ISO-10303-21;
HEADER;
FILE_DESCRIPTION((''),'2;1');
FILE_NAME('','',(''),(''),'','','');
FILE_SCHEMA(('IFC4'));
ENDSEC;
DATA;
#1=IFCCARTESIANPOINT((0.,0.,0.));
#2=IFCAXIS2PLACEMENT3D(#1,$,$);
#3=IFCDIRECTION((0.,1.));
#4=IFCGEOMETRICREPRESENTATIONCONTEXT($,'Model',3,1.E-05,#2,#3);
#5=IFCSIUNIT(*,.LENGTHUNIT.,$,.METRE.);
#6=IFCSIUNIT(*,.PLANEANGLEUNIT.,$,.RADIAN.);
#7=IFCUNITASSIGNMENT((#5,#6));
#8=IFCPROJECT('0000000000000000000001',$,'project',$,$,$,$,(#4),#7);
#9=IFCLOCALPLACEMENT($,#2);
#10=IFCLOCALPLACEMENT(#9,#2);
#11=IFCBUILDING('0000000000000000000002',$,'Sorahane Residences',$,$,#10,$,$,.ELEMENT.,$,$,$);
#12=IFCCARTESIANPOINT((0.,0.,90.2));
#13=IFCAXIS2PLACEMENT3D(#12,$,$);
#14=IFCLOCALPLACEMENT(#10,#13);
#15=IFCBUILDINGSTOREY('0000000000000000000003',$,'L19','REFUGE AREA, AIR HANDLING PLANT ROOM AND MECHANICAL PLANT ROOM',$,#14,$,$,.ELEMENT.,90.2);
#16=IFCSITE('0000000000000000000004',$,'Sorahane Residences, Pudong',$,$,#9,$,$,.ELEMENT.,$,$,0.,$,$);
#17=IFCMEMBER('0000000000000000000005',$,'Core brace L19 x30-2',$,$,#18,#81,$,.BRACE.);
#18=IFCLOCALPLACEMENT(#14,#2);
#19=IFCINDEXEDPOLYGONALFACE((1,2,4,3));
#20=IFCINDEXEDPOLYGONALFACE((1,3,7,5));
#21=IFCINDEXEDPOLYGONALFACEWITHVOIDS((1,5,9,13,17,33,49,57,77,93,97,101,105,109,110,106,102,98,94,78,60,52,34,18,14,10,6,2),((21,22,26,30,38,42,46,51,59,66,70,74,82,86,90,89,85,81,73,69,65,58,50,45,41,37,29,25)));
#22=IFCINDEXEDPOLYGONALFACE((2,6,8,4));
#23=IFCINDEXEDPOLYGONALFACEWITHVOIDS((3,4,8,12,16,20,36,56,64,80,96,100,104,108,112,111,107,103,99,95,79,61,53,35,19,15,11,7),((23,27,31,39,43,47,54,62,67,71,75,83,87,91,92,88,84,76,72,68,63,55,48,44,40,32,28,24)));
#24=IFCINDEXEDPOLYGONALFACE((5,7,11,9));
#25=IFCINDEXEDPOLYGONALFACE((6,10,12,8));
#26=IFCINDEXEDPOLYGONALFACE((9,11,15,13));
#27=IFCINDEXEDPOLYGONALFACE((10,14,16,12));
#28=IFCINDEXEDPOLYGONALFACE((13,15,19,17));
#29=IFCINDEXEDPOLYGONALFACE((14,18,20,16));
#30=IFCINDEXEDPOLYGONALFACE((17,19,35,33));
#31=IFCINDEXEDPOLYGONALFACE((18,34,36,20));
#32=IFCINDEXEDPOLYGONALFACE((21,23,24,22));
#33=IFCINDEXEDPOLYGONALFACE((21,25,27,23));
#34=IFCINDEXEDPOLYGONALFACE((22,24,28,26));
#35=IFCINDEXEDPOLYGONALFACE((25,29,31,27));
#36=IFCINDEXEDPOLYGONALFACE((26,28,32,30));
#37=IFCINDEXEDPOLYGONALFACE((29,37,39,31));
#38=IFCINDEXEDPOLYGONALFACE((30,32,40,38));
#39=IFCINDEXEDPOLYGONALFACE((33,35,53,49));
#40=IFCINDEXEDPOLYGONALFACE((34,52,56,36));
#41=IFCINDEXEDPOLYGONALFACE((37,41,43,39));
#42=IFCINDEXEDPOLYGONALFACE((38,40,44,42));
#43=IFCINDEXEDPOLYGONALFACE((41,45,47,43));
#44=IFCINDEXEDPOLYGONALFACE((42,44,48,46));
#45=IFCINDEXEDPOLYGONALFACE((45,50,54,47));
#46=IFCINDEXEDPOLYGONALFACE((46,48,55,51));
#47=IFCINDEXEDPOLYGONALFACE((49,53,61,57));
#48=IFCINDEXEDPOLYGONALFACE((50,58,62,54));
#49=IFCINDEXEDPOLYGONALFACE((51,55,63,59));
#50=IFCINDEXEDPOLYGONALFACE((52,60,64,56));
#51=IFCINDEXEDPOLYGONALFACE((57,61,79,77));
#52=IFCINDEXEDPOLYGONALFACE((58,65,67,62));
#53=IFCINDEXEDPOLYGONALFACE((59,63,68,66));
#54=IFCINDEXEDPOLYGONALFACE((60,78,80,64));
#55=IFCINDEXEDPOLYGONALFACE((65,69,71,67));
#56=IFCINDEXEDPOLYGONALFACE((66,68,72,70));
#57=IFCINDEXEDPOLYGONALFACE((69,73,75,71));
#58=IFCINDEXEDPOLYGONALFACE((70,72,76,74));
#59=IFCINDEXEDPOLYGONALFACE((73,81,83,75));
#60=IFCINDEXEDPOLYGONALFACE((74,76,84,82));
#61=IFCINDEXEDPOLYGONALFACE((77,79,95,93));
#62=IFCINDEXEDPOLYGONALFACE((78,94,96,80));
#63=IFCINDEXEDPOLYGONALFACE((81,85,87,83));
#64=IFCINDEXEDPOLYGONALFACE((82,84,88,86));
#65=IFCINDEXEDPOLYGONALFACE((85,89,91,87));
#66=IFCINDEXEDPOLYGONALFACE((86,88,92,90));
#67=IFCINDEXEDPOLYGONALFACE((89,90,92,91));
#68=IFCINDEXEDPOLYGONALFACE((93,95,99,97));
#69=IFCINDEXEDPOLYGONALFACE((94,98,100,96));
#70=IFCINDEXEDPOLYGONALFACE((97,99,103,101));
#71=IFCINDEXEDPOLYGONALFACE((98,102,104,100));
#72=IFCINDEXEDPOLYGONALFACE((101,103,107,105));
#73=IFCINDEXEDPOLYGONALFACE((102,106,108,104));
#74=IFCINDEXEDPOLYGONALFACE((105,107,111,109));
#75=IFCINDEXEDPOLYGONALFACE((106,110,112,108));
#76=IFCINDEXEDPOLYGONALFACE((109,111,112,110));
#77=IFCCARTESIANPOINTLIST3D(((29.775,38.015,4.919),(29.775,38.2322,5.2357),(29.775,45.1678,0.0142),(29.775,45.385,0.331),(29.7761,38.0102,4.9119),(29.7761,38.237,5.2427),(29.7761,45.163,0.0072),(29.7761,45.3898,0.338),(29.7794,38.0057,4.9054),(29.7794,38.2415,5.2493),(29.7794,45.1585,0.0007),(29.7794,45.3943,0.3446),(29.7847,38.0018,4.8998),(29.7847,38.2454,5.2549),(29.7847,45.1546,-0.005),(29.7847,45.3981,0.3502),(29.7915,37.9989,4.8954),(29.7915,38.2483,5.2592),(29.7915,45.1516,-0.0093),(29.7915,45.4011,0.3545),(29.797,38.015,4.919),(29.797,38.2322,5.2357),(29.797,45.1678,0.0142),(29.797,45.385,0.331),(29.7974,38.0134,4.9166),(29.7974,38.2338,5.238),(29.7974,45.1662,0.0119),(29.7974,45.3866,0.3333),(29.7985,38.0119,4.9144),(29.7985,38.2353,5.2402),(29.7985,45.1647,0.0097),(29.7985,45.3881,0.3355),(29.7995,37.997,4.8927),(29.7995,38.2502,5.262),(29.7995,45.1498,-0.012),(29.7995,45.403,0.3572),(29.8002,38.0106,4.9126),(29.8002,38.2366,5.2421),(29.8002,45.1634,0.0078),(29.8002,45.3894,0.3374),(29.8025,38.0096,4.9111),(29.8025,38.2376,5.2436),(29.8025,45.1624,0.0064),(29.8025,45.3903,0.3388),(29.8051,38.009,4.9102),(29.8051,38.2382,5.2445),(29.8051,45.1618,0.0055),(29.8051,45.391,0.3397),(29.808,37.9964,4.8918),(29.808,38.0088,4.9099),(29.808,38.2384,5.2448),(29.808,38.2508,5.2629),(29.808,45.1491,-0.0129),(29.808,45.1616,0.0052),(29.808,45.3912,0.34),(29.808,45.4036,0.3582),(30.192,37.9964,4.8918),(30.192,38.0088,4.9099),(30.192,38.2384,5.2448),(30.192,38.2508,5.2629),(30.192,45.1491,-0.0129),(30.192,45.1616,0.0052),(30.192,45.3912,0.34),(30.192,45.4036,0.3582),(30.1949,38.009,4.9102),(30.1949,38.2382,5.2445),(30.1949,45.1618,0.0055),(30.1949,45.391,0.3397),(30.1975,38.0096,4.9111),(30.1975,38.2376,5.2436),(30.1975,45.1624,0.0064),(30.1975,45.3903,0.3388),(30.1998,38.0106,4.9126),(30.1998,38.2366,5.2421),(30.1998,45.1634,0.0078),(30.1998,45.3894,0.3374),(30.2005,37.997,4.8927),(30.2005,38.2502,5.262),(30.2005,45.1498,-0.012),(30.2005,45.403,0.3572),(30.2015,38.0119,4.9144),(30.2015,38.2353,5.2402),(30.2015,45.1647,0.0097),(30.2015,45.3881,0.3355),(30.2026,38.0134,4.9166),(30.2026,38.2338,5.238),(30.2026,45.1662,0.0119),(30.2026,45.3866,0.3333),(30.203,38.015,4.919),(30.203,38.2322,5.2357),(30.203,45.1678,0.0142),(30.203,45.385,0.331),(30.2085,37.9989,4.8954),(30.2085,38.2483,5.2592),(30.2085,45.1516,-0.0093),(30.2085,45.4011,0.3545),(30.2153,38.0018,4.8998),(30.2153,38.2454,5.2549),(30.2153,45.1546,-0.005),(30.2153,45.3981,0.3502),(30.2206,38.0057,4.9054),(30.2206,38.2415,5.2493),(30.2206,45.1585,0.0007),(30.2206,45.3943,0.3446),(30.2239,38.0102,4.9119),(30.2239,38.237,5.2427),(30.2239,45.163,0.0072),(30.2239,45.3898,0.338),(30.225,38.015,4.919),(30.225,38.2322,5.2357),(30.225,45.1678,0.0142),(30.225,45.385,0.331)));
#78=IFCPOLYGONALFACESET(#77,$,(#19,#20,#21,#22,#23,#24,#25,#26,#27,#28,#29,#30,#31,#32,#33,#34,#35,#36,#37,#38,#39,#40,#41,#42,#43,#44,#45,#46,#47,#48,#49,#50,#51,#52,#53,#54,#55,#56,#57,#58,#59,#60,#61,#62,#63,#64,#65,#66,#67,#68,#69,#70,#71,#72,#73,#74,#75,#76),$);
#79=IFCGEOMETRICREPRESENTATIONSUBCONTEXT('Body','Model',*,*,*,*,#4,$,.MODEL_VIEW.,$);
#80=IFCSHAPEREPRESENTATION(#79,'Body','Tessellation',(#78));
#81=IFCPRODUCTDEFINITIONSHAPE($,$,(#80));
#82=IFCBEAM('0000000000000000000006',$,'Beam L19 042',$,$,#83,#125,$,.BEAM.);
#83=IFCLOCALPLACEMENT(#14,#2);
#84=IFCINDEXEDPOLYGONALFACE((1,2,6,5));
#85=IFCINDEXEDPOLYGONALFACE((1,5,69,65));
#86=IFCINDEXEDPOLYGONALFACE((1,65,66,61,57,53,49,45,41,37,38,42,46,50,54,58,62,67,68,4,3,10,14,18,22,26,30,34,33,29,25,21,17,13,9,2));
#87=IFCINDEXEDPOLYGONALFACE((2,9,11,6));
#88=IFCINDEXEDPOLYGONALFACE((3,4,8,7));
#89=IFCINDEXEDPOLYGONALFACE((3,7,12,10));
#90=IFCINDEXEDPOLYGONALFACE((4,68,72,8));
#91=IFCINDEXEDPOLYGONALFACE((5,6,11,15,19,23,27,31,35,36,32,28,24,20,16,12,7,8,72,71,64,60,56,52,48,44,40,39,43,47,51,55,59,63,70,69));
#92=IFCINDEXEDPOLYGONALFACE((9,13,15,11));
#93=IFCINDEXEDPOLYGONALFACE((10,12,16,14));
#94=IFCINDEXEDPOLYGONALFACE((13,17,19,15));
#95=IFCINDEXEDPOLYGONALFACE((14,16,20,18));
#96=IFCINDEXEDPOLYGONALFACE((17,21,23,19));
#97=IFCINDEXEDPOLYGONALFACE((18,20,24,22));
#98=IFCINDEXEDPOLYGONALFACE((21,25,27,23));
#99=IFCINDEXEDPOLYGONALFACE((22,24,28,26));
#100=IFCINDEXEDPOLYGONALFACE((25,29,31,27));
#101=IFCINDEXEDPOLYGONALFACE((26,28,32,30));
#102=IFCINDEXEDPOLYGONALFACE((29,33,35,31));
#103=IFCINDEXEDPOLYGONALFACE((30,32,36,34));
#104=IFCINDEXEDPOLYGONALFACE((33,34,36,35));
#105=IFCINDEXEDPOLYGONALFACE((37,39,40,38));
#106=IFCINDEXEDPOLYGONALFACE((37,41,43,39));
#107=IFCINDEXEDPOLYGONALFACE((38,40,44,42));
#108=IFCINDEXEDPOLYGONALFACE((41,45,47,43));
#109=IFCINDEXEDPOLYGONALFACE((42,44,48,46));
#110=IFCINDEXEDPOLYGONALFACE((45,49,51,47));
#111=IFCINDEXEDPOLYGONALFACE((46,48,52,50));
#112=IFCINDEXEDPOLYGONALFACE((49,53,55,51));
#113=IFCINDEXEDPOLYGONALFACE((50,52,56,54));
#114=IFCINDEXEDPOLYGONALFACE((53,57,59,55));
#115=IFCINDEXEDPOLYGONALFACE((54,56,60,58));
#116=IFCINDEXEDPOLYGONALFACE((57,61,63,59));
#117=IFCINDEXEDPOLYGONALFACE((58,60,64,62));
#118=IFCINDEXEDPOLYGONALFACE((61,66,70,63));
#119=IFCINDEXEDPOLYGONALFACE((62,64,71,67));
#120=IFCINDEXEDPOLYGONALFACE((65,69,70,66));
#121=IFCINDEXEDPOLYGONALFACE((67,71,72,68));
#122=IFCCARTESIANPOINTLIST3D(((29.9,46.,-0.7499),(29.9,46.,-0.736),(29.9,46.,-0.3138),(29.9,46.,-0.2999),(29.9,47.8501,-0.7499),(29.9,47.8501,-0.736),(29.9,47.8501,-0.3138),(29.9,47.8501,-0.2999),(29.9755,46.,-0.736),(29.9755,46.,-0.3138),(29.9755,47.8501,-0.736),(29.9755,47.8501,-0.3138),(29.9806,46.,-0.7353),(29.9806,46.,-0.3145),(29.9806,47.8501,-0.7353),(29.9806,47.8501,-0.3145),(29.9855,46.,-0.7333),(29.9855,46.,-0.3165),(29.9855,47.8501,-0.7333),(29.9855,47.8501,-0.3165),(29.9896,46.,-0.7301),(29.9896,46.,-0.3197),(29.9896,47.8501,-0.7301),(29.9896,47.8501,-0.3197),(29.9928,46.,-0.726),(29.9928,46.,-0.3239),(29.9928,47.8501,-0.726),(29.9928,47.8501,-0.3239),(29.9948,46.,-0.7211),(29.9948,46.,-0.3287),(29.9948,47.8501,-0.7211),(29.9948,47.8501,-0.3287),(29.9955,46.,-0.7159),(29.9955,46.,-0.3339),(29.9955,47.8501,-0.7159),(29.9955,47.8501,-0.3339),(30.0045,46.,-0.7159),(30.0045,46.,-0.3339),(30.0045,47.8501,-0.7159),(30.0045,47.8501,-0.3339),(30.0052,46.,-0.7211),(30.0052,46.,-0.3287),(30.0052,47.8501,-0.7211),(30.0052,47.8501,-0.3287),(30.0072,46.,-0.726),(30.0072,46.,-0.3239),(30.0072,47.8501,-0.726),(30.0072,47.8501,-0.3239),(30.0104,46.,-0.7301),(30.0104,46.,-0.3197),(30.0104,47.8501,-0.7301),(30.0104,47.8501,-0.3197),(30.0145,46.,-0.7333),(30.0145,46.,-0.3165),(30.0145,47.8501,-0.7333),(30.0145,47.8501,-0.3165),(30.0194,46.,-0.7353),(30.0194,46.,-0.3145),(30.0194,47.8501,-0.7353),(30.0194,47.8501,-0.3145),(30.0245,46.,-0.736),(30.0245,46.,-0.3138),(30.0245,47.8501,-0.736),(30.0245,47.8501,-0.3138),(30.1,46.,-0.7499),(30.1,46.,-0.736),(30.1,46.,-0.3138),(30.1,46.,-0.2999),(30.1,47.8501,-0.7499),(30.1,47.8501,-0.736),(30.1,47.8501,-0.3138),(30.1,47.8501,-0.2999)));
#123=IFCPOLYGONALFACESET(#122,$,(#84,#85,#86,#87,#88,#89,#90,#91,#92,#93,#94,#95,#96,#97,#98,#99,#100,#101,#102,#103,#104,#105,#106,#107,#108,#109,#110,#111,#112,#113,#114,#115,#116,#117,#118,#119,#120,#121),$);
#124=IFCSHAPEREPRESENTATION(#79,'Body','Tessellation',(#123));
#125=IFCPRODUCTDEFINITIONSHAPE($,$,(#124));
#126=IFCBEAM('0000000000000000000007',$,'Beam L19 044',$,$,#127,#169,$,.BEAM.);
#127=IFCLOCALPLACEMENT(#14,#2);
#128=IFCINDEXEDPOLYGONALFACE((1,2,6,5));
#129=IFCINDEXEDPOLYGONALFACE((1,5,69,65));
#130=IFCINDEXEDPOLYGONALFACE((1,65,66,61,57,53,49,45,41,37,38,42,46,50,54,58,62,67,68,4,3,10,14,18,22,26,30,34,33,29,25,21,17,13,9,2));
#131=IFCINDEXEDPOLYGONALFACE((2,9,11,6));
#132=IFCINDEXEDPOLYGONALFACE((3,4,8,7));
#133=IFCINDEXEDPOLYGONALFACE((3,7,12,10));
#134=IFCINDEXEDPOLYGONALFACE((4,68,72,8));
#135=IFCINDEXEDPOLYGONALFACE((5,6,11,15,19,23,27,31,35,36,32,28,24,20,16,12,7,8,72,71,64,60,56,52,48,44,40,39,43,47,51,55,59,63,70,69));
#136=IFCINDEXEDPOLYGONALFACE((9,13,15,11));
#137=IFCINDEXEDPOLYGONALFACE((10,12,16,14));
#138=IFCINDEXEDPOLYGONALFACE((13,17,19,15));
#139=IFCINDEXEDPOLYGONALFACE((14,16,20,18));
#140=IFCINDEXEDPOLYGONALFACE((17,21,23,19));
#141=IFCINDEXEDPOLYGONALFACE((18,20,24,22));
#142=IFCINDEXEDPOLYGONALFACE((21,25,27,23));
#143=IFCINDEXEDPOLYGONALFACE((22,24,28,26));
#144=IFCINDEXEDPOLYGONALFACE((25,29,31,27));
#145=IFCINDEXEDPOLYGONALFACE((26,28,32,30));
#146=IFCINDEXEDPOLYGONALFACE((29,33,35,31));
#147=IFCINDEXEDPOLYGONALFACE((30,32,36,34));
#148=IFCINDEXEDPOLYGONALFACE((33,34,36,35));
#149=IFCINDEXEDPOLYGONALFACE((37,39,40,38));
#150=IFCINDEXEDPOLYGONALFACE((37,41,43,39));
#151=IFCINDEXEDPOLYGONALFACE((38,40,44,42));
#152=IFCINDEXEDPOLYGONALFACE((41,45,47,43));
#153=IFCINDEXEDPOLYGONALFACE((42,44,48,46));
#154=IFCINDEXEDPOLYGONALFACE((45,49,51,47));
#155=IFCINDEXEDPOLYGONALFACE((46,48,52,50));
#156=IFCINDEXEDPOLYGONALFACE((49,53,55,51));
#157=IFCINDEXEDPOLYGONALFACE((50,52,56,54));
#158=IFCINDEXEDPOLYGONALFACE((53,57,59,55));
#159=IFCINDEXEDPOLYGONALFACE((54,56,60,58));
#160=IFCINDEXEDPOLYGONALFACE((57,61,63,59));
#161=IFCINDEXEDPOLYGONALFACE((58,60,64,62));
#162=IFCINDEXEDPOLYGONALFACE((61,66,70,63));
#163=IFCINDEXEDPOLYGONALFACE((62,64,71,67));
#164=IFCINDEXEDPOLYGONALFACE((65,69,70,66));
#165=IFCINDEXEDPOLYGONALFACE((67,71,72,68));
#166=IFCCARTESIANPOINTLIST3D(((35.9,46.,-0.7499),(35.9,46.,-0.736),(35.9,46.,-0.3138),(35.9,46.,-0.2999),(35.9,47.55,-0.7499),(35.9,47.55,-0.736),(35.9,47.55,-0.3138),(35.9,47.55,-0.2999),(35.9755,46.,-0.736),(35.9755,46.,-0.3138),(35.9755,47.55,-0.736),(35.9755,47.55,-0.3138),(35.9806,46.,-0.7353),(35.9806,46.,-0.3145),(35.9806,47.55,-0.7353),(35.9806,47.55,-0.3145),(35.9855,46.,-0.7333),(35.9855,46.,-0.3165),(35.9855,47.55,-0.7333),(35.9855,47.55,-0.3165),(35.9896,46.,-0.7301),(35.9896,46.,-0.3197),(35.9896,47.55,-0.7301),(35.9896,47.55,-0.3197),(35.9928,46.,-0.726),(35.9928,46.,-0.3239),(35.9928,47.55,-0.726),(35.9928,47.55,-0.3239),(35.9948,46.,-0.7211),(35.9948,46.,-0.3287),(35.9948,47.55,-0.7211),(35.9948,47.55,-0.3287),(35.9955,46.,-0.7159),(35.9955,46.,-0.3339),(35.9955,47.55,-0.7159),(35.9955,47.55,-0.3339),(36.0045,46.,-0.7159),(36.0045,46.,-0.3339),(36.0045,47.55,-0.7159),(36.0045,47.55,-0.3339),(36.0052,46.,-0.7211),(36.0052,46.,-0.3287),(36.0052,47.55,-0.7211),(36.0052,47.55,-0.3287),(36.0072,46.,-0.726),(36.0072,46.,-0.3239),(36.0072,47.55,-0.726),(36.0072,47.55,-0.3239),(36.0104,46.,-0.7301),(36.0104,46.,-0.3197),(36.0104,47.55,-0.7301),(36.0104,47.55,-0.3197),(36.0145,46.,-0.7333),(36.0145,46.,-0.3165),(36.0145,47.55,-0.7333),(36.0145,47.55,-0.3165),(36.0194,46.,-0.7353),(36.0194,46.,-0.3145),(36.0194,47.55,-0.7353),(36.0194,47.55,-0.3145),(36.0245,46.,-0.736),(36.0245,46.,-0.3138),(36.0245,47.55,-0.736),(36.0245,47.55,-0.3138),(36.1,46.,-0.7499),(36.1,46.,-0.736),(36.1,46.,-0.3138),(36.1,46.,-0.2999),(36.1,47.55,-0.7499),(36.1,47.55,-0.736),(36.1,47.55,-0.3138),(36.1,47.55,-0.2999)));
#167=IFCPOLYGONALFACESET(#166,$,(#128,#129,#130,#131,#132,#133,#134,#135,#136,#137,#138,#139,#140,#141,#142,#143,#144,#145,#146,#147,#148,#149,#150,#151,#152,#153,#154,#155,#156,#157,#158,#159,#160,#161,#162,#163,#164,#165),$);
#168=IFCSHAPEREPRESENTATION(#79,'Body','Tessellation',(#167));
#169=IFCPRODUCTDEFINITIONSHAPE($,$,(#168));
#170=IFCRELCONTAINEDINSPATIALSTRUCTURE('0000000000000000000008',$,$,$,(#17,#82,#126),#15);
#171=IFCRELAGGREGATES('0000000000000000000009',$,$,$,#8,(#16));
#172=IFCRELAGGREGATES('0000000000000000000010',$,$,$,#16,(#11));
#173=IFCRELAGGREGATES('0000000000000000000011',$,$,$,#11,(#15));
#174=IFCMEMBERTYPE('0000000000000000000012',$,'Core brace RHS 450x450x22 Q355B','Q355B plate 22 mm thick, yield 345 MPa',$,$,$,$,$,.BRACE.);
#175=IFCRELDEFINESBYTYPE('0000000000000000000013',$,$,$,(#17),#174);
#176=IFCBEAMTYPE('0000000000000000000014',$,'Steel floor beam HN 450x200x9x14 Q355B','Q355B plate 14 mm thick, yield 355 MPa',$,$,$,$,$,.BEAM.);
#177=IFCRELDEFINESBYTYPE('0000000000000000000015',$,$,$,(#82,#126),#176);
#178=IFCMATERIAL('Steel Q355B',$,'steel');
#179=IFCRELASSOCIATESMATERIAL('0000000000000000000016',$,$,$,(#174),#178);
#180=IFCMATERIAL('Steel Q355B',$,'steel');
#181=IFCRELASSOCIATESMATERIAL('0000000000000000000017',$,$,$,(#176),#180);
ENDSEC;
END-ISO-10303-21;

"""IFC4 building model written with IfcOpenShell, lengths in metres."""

from ifc_helpers import new_model, si_unit, direction, frame, origin, origin_2d, place, context, subcontext, project, spatial, hollow_rectangle, i_section, extrude, material, material_profile, profile_set, type_object, element, save


model = new_model("IFC4")

# Units and contexts
model_context = context("Model", 3, precision=1e-05, world=origin(), true_north=direction((0.0, 1.0)))
body_context = subcontext(model_context, "Body", "Model", "MODEL_VIEW")
ifc_project = project(units=[si_unit("LENGTHUNIT", "METRE"), si_unit("PLANEANGLEUNIT", "RADIAN")], contexts=[model_context])

# Site, building, storey
site_placement = place(None, origin())
site = spatial("IfcSite", under=ifc_project, at=site_placement, Name="Sorahane Residences, Pudong", CompositionType="ELEMENT", RefElevation=0.0)
building_placement = place(site_placement, origin())
building = spatial("IfcBuilding", under=site, at=building_placement, Name="Sorahane Residences", CompositionType="ELEMENT")
storey_placement = place(building_placement, frame((0.0, 0.0, 90.2)))
storey = spatial("IfcBuildingStorey", under=building, at=storey_placement, Name="L19", Description="REFUGE AREA, AIR HANDLING PLANT ROOM AND MECHANICAL PLANT ROOM", CompositionType="ELEMENT", Elevation=90.2)

# Member
ifc_material_1 = material(Name="Steel Q355B", Category="steel")
ifc_material_profile_1 = material_profile(ifc_material_1, hollow_rectangle(XDim=0.45, YDim=0.45, WallThickness=0.022, InnerFilletRadius=0.011, OuterFilletRadius=0.033, at=origin_2d()), Name="RHS 450x450x22")
ifc_profile_set_1 = profile_set([ifc_material_profile_1], Name="Steel Q355B")
member_type_1 = type_object("IfcMemberType", Name="Core brace RHS 450x450x22 Q355B", Description="Q355B plate 22 mm thick, yield 345 MPa", PredefinedType="BRACE", material=ifc_profile_set_1)
member_1_placement = place(storey_placement, frame((30.0, 45.2764, 0.1726), z_axis=(0.0, -0.82473, 0.565527), x_axis=(1.0, 0.0, 0.0)))
element("IfcMember", 1, at=member_1_placement, inside=storey, type_object=member_type_1, Name="Core brace L19 x30-2", PredefinedType="BRACE", context=body_context, shape_type="SweptSolid", body=[
    extrude(hollow_rectangle(XDim=0.45, YDim=0.45, WallThickness=0.022, InnerFilletRadius=0.011, OuterFilletRadius=0.033, at=origin_2d()), origin(), (0.0, 0.0, 1.0), 8.6729),
])

# Beams
ifc_material_2 = material(Name="Steel Q355B", Category="steel")
ifc_material_profile_2 = material_profile(ifc_material_2, i_section(OverallWidth=0.2, OverallDepth=0.45, WebThickness=0.009, FlangeThickness=0.0139, FilletRadius=0.02, at=origin_2d()), Name="HN 450x200x9x14")
ifc_profile_set_2 = profile_set([ifc_material_profile_2], Name="Steel Q355B")
beam_type_1 = type_object("IfcBeamType", Name="Steel floor beam HN 450x200x9x14 Q355B", Description="Q355B plate 14 mm thick, yield 355 MPa", PredefinedType="BEAM", material=ifc_profile_set_2)
beam_1_placement = place(storey_placement, frame((30.0, 46.0, -0.5249), z_axis=(0.0, 1.0, 0.0), x_axis=(-1.0, 0.0, 0.0)))
element("IfcBeam", 2, at=beam_1_placement, inside=storey, type_object=beam_type_1, Name="Beam L19 042", PredefinedType="BEAM", context=body_context, shape_type="SweptSolid", body=[
    extrude(i_section(OverallWidth=0.2, OverallDepth=0.45, WebThickness=0.009, FlangeThickness=0.0139, FilletRadius=0.02, at=origin_2d()), origin(), (0.0, 0.0, 1.0), 1.8501),
])
beam_2_placement = place(storey_placement, frame((36.0, 46.0, -0.5249), z_axis=(0.0, 1.0, 0.0), x_axis=(-1.0, 0.0, 0.0)))
element("IfcBeam", 3, at=beam_2_placement, inside=storey, type_object=beam_type_1, Name="Beam L19 044", PredefinedType="BEAM", context=body_context, shape_type="SweptSolid", body=[
    extrude(i_section(OverallWidth=0.2, OverallDepth=0.45, WebThickness=0.009, FlangeThickness=0.0139, FilletRadius=0.02, at=origin_2d()), origin(), (0.0, 0.0, 1.0), 1.55),
])

save(model, "model.ifc")
